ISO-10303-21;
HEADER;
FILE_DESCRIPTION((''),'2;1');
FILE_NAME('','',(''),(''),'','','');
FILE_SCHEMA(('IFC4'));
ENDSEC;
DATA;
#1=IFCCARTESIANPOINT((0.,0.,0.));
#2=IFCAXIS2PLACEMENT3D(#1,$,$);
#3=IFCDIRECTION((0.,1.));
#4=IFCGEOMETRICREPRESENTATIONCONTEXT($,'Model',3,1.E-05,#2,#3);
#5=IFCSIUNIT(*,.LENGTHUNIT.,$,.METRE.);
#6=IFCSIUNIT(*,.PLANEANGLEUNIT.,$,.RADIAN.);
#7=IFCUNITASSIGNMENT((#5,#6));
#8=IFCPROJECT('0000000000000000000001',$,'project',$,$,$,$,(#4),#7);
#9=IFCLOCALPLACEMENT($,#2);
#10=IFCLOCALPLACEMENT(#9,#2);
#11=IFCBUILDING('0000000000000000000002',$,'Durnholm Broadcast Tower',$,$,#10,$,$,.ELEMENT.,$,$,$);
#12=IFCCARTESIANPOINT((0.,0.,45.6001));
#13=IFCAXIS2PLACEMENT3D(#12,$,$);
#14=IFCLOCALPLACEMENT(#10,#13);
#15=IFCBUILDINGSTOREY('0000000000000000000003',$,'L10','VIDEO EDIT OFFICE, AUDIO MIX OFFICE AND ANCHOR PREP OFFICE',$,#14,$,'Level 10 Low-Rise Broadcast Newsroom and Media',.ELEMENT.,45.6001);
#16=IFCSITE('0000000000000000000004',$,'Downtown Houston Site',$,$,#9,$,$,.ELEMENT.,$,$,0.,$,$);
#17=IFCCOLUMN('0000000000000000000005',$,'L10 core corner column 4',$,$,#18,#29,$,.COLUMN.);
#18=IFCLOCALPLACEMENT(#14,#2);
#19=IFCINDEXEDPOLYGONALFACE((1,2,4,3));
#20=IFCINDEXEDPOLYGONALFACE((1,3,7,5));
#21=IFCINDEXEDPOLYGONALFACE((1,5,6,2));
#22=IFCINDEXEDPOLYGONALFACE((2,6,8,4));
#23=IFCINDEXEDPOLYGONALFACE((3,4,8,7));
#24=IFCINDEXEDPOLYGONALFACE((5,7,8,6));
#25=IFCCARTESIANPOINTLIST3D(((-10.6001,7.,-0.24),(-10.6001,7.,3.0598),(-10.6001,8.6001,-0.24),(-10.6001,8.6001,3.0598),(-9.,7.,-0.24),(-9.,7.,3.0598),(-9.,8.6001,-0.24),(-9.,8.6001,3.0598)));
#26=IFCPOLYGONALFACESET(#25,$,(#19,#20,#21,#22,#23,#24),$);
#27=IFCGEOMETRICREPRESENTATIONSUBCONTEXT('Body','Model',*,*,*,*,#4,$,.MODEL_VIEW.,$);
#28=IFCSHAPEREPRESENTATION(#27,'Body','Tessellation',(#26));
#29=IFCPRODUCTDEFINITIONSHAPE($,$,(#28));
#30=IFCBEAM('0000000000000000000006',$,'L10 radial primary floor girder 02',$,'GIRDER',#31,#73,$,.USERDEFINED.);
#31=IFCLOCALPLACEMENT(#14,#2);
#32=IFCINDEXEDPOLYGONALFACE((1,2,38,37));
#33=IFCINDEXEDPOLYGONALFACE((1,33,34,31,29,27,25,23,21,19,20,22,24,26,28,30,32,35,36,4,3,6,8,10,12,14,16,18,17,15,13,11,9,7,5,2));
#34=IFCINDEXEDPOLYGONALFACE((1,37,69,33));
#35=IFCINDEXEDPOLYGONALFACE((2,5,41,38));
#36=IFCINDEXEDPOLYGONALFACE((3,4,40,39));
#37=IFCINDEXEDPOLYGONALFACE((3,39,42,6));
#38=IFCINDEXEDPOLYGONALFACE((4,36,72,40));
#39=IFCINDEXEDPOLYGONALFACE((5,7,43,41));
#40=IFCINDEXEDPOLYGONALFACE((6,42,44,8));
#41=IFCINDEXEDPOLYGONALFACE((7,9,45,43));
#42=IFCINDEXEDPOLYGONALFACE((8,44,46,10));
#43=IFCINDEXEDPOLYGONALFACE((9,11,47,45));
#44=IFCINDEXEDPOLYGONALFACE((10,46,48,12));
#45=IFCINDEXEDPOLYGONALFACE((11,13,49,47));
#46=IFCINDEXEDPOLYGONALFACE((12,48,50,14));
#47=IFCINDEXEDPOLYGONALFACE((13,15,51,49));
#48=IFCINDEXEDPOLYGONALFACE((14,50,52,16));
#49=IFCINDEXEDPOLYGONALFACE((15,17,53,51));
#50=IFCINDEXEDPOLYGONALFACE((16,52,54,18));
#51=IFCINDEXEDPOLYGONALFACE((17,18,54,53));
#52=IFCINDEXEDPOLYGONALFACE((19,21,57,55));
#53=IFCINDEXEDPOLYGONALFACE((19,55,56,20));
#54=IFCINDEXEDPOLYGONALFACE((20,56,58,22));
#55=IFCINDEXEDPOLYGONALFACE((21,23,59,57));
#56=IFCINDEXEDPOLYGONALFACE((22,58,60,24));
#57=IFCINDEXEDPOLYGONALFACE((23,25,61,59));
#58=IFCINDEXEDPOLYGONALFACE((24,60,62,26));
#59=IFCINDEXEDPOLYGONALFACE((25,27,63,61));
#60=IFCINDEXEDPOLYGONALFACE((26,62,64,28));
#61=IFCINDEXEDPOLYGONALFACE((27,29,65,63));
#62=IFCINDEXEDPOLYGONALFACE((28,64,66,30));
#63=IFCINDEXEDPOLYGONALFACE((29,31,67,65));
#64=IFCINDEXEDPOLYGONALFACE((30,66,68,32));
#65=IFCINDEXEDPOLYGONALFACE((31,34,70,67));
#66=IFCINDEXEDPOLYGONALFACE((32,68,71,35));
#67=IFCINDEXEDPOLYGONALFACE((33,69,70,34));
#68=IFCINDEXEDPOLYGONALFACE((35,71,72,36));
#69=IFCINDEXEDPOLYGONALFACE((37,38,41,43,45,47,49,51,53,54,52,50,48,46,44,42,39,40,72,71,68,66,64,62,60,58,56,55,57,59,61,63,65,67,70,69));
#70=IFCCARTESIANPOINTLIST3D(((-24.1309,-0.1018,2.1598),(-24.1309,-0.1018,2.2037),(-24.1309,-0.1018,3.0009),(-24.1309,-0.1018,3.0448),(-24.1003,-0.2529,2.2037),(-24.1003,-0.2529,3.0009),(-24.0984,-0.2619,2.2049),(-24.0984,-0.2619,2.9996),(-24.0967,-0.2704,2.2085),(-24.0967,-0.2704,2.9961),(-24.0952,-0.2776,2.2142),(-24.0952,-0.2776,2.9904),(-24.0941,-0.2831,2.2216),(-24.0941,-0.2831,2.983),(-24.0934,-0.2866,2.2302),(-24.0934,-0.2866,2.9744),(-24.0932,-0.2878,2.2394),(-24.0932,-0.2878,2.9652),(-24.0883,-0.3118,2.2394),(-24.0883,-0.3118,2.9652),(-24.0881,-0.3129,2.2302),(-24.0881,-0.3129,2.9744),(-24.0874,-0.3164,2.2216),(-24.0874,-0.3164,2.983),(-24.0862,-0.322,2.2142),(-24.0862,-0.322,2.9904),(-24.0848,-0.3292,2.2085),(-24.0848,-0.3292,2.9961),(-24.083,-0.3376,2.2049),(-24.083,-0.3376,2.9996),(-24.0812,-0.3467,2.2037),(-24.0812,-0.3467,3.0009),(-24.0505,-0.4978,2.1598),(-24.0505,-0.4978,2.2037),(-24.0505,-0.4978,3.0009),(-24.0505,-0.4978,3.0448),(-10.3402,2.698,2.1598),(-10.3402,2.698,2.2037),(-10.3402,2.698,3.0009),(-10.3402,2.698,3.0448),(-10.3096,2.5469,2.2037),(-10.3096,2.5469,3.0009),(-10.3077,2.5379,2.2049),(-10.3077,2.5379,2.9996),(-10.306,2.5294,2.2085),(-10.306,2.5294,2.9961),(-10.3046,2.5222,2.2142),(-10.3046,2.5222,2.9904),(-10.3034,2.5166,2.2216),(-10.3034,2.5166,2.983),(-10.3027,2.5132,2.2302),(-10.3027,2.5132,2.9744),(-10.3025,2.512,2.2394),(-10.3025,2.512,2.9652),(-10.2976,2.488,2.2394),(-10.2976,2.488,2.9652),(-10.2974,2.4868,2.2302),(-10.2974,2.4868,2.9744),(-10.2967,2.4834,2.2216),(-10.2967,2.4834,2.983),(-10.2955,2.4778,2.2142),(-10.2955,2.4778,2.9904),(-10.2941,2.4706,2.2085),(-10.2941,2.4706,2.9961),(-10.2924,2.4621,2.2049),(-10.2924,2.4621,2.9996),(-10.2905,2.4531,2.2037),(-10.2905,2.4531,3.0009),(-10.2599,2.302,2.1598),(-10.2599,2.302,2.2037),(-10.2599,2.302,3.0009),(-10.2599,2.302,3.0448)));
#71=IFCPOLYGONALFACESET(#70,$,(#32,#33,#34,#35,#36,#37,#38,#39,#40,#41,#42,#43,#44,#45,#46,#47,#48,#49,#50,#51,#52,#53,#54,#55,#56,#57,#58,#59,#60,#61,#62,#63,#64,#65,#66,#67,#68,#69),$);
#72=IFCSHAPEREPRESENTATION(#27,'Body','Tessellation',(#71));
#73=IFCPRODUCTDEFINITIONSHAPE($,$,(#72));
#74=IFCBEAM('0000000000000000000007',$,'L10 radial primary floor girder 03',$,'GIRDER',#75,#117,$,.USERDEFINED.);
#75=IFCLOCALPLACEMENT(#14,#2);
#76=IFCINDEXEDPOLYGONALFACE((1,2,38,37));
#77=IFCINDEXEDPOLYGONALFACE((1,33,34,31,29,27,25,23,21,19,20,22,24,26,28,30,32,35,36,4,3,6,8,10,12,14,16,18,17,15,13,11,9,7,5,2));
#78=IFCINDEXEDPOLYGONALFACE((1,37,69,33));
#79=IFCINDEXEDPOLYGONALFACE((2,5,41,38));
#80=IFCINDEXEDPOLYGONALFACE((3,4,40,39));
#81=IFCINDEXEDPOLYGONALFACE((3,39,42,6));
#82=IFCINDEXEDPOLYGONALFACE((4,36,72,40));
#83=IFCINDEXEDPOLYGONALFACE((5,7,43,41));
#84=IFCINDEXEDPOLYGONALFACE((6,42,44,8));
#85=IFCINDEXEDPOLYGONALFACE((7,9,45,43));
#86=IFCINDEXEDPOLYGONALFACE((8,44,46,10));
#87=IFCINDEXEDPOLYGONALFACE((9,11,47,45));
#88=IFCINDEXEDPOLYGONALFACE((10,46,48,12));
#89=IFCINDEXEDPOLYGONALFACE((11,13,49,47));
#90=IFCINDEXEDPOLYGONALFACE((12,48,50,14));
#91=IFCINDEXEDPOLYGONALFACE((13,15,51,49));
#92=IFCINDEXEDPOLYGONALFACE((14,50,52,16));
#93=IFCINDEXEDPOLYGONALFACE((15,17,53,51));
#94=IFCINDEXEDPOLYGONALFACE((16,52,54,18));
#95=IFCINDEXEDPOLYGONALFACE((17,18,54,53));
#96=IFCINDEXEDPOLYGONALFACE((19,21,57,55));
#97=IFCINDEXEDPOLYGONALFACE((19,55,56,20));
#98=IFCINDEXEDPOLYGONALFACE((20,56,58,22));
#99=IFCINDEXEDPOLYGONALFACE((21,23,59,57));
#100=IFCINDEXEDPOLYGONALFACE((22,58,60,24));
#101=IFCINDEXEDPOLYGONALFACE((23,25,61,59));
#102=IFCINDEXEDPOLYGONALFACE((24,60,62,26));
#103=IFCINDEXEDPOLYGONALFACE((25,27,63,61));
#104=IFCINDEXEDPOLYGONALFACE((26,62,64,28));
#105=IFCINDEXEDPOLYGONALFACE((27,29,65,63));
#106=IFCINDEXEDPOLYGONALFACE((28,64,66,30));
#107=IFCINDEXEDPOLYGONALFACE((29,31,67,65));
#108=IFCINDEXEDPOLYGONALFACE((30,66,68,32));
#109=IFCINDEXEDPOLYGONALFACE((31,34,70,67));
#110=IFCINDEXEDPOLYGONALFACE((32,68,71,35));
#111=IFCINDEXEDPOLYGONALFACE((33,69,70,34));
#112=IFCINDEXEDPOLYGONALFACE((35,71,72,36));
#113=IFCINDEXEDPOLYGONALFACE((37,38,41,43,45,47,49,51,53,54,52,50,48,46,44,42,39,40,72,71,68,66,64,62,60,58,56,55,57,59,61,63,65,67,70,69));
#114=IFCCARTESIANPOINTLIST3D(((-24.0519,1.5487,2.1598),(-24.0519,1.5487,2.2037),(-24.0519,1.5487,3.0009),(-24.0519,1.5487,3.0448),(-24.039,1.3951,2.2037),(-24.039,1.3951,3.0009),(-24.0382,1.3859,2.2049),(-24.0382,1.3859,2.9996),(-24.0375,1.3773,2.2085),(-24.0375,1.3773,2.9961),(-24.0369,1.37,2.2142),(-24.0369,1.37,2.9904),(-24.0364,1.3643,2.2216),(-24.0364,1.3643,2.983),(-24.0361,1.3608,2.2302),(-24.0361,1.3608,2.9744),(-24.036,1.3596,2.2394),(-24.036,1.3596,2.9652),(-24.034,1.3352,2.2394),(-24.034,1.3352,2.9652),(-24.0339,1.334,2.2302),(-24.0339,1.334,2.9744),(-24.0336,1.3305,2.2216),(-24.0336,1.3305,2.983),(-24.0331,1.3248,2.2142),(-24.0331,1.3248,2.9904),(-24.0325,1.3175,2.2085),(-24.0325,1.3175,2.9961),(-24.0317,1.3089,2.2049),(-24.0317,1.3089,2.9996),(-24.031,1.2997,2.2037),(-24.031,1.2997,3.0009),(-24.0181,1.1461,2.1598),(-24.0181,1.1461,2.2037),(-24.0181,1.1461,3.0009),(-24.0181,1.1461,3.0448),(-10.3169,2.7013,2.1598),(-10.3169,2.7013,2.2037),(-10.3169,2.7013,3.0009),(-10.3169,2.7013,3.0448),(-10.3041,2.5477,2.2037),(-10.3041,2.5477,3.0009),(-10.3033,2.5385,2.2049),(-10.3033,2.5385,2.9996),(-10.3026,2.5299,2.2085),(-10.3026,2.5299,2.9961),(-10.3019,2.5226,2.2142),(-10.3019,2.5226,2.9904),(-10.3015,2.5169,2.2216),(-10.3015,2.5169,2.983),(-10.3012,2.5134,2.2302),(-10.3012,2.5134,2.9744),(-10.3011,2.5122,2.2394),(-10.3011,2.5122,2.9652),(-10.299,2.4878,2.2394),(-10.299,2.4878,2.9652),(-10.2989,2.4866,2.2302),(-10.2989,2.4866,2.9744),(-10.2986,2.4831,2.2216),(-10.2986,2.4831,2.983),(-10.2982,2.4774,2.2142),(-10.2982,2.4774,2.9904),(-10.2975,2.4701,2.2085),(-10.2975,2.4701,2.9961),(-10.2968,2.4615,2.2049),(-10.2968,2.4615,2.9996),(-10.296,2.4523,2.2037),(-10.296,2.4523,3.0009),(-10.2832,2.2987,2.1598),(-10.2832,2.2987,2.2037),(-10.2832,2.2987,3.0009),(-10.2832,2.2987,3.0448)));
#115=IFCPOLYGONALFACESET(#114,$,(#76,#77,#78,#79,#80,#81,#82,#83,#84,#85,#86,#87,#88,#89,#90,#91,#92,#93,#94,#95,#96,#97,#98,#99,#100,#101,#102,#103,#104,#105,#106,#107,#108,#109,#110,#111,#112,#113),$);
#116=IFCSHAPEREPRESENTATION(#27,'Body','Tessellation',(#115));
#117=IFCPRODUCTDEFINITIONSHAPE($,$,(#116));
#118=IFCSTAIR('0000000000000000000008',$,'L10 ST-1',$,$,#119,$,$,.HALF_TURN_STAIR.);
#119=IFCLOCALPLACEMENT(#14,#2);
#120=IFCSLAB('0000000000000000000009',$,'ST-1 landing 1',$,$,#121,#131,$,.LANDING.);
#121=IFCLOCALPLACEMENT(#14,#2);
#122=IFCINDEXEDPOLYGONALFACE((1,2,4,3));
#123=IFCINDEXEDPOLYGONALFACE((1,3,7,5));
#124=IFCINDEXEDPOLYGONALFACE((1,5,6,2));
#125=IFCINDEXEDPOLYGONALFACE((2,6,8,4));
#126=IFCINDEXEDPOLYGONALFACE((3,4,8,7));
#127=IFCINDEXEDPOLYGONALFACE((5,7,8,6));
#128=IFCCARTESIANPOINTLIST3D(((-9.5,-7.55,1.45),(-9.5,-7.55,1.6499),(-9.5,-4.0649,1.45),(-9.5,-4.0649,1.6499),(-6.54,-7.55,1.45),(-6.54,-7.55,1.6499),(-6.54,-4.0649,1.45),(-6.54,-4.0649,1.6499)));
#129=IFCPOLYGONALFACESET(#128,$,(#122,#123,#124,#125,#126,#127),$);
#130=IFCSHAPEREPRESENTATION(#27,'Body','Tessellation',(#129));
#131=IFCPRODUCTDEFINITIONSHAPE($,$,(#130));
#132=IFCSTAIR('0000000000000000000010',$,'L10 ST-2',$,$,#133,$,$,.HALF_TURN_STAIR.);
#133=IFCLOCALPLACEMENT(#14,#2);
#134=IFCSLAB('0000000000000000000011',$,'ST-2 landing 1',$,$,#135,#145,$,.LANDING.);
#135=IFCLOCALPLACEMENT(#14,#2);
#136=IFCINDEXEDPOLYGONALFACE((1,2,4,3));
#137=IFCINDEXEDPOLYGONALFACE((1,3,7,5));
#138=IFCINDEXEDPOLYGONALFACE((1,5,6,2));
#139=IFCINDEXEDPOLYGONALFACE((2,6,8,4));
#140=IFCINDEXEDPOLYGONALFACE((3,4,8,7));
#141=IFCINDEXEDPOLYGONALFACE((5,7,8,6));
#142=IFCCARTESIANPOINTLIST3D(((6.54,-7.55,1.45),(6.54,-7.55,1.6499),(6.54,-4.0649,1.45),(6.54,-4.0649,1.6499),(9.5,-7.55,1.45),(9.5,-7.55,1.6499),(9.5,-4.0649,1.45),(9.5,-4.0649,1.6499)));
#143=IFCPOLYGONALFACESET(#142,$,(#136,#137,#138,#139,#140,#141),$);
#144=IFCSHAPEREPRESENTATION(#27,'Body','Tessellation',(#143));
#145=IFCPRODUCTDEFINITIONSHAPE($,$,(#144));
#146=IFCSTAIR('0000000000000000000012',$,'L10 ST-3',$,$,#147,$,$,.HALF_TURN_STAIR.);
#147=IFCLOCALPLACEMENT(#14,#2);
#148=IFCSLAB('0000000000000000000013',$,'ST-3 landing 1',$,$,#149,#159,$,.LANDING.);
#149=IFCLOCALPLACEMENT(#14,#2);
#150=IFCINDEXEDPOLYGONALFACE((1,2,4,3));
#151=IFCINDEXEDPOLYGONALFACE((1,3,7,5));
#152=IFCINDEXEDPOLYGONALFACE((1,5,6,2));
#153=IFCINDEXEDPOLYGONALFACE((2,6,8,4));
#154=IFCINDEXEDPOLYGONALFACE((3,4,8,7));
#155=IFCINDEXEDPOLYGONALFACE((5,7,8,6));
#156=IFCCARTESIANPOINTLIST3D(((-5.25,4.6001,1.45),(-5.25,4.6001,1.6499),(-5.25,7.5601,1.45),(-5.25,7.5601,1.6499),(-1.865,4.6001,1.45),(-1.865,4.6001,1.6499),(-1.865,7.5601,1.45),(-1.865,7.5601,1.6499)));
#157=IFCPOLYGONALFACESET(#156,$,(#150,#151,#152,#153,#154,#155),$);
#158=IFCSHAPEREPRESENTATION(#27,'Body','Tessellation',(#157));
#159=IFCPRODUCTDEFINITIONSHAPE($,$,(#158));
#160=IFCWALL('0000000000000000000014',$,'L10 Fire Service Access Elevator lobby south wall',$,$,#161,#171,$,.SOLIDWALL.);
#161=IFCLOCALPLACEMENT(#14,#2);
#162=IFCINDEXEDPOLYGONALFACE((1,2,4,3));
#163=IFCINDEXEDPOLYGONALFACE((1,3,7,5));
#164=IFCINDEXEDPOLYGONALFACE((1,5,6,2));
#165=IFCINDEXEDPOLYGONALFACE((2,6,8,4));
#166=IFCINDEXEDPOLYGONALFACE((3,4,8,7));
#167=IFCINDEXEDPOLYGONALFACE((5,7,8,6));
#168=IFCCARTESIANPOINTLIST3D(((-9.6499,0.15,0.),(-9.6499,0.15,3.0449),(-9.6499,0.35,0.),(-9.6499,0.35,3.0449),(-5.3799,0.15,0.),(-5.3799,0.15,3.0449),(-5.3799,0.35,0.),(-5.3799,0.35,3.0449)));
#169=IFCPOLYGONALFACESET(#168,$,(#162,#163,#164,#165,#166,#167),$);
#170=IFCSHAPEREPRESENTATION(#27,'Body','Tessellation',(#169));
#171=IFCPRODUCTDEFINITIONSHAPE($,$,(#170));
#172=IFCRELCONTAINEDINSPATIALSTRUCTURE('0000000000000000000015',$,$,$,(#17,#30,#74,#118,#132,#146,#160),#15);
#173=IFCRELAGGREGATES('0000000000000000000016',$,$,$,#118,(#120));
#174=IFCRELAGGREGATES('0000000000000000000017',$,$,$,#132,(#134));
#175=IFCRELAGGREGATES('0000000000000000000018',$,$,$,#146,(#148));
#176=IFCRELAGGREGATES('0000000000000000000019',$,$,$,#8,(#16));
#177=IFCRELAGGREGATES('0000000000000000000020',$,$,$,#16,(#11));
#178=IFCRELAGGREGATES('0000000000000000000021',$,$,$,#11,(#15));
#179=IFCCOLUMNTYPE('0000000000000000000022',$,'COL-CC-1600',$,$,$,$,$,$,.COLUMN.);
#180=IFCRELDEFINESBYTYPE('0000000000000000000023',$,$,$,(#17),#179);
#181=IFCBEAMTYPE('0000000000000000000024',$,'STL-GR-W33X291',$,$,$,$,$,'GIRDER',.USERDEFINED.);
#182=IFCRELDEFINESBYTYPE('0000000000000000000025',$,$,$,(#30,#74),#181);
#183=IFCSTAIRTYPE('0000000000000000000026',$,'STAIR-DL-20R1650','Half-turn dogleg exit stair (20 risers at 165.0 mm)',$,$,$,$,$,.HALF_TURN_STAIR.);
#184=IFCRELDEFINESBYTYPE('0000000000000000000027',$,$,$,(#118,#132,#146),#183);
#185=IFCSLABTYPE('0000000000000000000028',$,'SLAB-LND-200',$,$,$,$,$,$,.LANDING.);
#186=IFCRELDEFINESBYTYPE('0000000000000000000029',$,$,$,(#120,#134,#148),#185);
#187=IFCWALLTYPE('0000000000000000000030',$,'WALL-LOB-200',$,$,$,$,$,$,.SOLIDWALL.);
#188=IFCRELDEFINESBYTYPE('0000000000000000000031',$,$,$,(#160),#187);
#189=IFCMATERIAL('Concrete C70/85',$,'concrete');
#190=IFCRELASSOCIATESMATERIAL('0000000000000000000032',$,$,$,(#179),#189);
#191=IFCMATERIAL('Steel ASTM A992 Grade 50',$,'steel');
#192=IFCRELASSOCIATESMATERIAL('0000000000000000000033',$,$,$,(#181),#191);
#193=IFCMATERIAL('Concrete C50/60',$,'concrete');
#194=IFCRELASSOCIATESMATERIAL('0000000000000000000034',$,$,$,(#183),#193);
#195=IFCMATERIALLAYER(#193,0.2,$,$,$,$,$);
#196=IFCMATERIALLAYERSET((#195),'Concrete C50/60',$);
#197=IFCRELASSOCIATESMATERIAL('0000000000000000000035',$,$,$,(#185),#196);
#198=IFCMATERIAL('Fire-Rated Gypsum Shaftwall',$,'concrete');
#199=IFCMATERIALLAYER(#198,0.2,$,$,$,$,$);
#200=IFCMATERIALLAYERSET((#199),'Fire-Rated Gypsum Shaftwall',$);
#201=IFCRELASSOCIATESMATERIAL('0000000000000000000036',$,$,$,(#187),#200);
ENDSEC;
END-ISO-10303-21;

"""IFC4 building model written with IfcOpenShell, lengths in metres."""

from ifc_helpers import new_model, si_unit, direction, frame, frame_2d, origin, origin_2d, place, context, subcontext, project, spatial, polyline, rectangle, i_section, outline, extrude, source, transform, mapped, material, layer, layer_set, material_profile, profile_set, type_object, type_shapes, element, aggregate, save


model = new_model("IFC4")

# Units and contexts
model_context = context("Model", 3, precision=1e-05, world=origin(), true_north=direction((0.0, 1.0)))
body_context = subcontext(model_context, "Body", "Model", "MODEL_VIEW")
ifc_project = project(units=[si_unit("LENGTHUNIT", "METRE"), si_unit("PLANEANGLEUNIT", "RADIAN")], contexts=[model_context])

# Site, building, storey
site_placement = place(None, origin())
site = spatial("IfcSite", under=ifc_project, at=site_placement, Name="Downtown Houston Site", CompositionType="ELEMENT", RefElevation=0.0)
building_placement = place(site_placement, origin())
building = spatial("IfcBuilding", under=site, at=building_placement, Name="Durnholm Broadcast Tower", CompositionType="ELEMENT")
storey_placement = place(building_placement, frame((0.0, 0.0, 45.6001)))
storey = spatial("IfcBuildingStorey", under=building, at=storey_placement, Name="L10", Description="VIDEO EDIT OFFICE, AUDIO MIX OFFICE AND ANCHOR PREP OFFICE", LongName="Level 10 Low-Rise Broadcast Newsroom and Media", CompositionType="ELEMENT", Elevation=45.6001)

# Column
ifc_material_1 = material(Name="Concrete C70/85", Category="concrete")
ifc_material_profile_1 = material_profile(ifc_material_1, rectangle(XDim=1.6001, YDim=1.6001, at=origin_2d()), Name="RC1600X1600")
ifc_profile_set_1 = profile_set([ifc_material_profile_1], Name="Concrete C70/85")
column_type = type_object("IfcColumnType", Name="COL-CC-1600", PredefinedType="COLUMN", material=ifc_profile_set_1)
shared_shape_1 = source(origin(), body_context, "Body", "SweptSolid", [
    extrude(rectangle(XDim=1.6001, YDim=1.6001, at=origin_2d()), origin(), (0.0, 0.0, 1.0), 3.2998),
])
type_shapes(column_type, [shared_shape_1])
column_placement = place(storey_placement, frame((-9.8, 7.8, -0.24), z_axis=(0.0, 0.0, 1.0), x_axis=(1.0, 0.0, 0.0)))
element("IfcColumn", 1, at=column_placement, inside=storey, type_object=column_type, Name="L10 core corner column 4", PredefinedType="COLUMN", context=body_context, shape_type="MappedRepresentation", body=[
    mapped(shared_shape_1, transform((0.0, 0.0, 0.0), x_axis=(1.0, 0.0, 0.0), y_axis=(0.0, 1.0, 0.0), z_axis=(0.0, 0.0, 1.0), scale=1.0)),
])

# Beams
ifc_material_2 = material(Name="Steel ASTM A992 Grade 50", Category="steel")
ifc_material_profile_2 = material_profile(ifc_material_2, i_section(OverallWidth=0.4041, OverallDepth=0.885, WebThickness=0.0244, FlangeThickness=0.0439, FilletRadius=0.0356, at=origin_2d()), Name="W33X291")
ifc_profile_set_2 = profile_set([ifc_material_profile_2], Name="Steel ASTM A992 Grade 50")
beam_type = type_object("IfcBeamType", Name="STL-GR-W33X291", ElementType="GIRDER", PredefinedType="USERDEFINED", material=ifc_profile_set_2)
shared_shape_2 = source(origin(), body_context, "Body", "SweptSolid", [
    extrude(i_section(OverallWidth=0.4041, OverallDepth=0.885, WebThickness=0.0244, FlangeThickness=0.0439, FilletRadius=0.0356, at=origin_2d()), origin(), (0.0, 0.0, 1.0), 14.072),
])
beam_1_placement = place(storey_placement, frame((-10.3, 2.5, 2.6023), z_axis=(-0.980007, -0.198961, 0.0), x_axis=(0.198961, -0.980007, 0.0)))
element("IfcBeam", 2, at=beam_1_placement, inside=storey, type_object=beam_type, Name="L10 radial primary floor girder 02", ObjectType="GIRDER", PredefinedType="USERDEFINED", context=body_context, shape_type="MappedRepresentation", body=[
    mapped(shared_shape_2, transform((0.0, 0.0, 0.0), x_axis=(1.0, 0.0, 0.0), y_axis=(0.0, 1.0, 0.0), z_axis=(0.0, 0.0, 1.0), scale=1.0)),
])
shared_shape_3 = source(origin(), body_context, "Body", "SweptSolid", [
    extrude(i_section(OverallWidth=0.4041, OverallDepth=0.885, WebThickness=0.0244, FlangeThickness=0.0439, FilletRadius=0.0356, at=origin_2d()), origin(), (0.0, 0.0, 1.0), 13.7832),
])
type_shapes(beam_type, [shared_shape_2, shared_shape_3])
beam_2_placement = place(storey_placement, frame((-10.3, 2.5, 2.6023), z_axis=(-0.996497, -0.083623, 0.0), x_axis=(0.083623, -0.996497, 0.0)))
element("IfcBeam", 3, at=beam_2_placement, inside=storey, type_object=beam_type, Name="L10 radial primary floor girder 03", ObjectType="GIRDER", PredefinedType="USERDEFINED", context=body_context, shape_type="MappedRepresentation", body=[
    mapped(shared_shape_3, transform((0.0, 0.0, 0.0), x_axis=(1.0, 0.0, 0.0), y_axis=(0.0, 1.0, 0.0), z_axis=(0.0, 0.0, 1.0), scale=1.0)),
])

# Stairs, slabs
ifc_material_3 = material(Name="Concrete C50/60", Category="concrete")
stair_type = type_object("IfcStairType", Name="STAIR-DL-20R1650", Description="Half-turn dogleg exit stair (20 risers at 165.0 mm)", PredefinedType="HALF_TURN_STAIR", material=ifc_material_3)
stair_1_placement = place(storey_placement, origin())
stair_1 = element("IfcStair", 4, at=stair_1_placement, inside=storey, type_object=stair_type, Name="L10 ST-1", PredefinedType="HALF_TURN_STAIR")
ifc_layer_1 = layer(ifc_material_3, 0.2)
ifc_layer_set_1 = layer_set([ifc_layer_1], Name="Concrete C50/60")
slab_type = type_object("IfcSlabType", Name="SLAB-LND-200", PredefinedType="LANDING", material=ifc_layer_set_1)
slab_1_placement = place(storey_placement, frame((0.0, 0.0, 1.45)))
slab_1 = element("IfcSlab", 5, at=slab_1_placement, type_object=slab_type, Name="ST-1 landing 1", PredefinedType="LANDING", context=body_context, shape_type="SweptSolid", body=[
    extrude(outline(polyline([(-9.5, -4.0649), (-9.5, -7.55), (-6.54, -7.55), (-6.54, -4.0649), (-9.5, -4.0649)])), origin(), (0.0, 0.0, 1.0), 0.2),
])
aggregate(stair_1, [slab_1])
stair_2_placement = place(storey_placement, origin())
stair_2 = element("IfcStair", 6, at=stair_2_placement, inside=storey, type_object=stair_type, Name="L10 ST-2", PredefinedType="HALF_TURN_STAIR")
slab_2_placement = place(storey_placement, frame((0.0, 0.0, 1.45)))
slab_2 = element("IfcSlab", 7, at=slab_2_placement, type_object=slab_type, Name="ST-2 landing 1", PredefinedType="LANDING", context=body_context, shape_type="SweptSolid", body=[
    extrude(outline(polyline([(6.54, -4.0649), (6.54, -7.55), (9.5, -7.55), (9.5, -4.0649), (6.54, -4.0649)])), origin(), (0.0, 0.0, 1.0), 0.2),
])
aggregate(stair_2, [slab_2])
stair_3_placement = place(storey_placement, origin())
stair_3 = element("IfcStair", 8, at=stair_3_placement, inside=storey, type_object=stair_type, Name="L10 ST-3", PredefinedType="HALF_TURN_STAIR")
slab_3_placement = place(storey_placement, frame((0.0, 0.0, 1.45)))
slab_3 = element("IfcSlab", 9, at=slab_3_placement, type_object=slab_type, Name="ST-3 landing 1", PredefinedType="LANDING", context=body_context, shape_type="SweptSolid", body=[
    extrude(outline(polyline([(-1.865, 7.5601), (-5.25, 7.5601), (-5.25, 4.6001), (-1.865, 4.6001), (-1.865, 7.5601)])), origin(), (0.0, 0.0, 1.0), 0.2),
])

# Wall
ifc_material_4 = material(Name="Fire-Rated Gypsum Shaftwall", Category="concrete")
ifc_layer_2 = layer(ifc_material_4, 0.2)
ifc_layer_set_2 = layer_set([ifc_layer_2], Name="Fire-Rated Gypsum Shaftwall")
wall_type_1 = type_object("IfcWallType", Name="WALL-LOB-200", PredefinedType="SOLIDWALL", material=ifc_layer_set_2)
wall_1_placement = place(storey_placement, frame((-9.6499, 0.25, 0.0), z_axis=(0.0, 0.0, 1.0), x_axis=(1.0, 0.0, 0.0)))
element("IfcWall", 10, at=wall_1_placement, inside=storey, type_object=wall_type_1, Name="L10 Fire Service Access Elevator lobby south wall", PredefinedType="SOLIDWALL", context=body_context, shape_type="SweptSolid", body=[
    extrude(rectangle(XDim=4.27, YDim=0.2, at=frame_2d((2.135, 0.0))), origin(), (0.0, 0.0, 1.0), 3.0449),
])

aggregate(stair_3, [slab_3])

save(model, "model.ifc")
